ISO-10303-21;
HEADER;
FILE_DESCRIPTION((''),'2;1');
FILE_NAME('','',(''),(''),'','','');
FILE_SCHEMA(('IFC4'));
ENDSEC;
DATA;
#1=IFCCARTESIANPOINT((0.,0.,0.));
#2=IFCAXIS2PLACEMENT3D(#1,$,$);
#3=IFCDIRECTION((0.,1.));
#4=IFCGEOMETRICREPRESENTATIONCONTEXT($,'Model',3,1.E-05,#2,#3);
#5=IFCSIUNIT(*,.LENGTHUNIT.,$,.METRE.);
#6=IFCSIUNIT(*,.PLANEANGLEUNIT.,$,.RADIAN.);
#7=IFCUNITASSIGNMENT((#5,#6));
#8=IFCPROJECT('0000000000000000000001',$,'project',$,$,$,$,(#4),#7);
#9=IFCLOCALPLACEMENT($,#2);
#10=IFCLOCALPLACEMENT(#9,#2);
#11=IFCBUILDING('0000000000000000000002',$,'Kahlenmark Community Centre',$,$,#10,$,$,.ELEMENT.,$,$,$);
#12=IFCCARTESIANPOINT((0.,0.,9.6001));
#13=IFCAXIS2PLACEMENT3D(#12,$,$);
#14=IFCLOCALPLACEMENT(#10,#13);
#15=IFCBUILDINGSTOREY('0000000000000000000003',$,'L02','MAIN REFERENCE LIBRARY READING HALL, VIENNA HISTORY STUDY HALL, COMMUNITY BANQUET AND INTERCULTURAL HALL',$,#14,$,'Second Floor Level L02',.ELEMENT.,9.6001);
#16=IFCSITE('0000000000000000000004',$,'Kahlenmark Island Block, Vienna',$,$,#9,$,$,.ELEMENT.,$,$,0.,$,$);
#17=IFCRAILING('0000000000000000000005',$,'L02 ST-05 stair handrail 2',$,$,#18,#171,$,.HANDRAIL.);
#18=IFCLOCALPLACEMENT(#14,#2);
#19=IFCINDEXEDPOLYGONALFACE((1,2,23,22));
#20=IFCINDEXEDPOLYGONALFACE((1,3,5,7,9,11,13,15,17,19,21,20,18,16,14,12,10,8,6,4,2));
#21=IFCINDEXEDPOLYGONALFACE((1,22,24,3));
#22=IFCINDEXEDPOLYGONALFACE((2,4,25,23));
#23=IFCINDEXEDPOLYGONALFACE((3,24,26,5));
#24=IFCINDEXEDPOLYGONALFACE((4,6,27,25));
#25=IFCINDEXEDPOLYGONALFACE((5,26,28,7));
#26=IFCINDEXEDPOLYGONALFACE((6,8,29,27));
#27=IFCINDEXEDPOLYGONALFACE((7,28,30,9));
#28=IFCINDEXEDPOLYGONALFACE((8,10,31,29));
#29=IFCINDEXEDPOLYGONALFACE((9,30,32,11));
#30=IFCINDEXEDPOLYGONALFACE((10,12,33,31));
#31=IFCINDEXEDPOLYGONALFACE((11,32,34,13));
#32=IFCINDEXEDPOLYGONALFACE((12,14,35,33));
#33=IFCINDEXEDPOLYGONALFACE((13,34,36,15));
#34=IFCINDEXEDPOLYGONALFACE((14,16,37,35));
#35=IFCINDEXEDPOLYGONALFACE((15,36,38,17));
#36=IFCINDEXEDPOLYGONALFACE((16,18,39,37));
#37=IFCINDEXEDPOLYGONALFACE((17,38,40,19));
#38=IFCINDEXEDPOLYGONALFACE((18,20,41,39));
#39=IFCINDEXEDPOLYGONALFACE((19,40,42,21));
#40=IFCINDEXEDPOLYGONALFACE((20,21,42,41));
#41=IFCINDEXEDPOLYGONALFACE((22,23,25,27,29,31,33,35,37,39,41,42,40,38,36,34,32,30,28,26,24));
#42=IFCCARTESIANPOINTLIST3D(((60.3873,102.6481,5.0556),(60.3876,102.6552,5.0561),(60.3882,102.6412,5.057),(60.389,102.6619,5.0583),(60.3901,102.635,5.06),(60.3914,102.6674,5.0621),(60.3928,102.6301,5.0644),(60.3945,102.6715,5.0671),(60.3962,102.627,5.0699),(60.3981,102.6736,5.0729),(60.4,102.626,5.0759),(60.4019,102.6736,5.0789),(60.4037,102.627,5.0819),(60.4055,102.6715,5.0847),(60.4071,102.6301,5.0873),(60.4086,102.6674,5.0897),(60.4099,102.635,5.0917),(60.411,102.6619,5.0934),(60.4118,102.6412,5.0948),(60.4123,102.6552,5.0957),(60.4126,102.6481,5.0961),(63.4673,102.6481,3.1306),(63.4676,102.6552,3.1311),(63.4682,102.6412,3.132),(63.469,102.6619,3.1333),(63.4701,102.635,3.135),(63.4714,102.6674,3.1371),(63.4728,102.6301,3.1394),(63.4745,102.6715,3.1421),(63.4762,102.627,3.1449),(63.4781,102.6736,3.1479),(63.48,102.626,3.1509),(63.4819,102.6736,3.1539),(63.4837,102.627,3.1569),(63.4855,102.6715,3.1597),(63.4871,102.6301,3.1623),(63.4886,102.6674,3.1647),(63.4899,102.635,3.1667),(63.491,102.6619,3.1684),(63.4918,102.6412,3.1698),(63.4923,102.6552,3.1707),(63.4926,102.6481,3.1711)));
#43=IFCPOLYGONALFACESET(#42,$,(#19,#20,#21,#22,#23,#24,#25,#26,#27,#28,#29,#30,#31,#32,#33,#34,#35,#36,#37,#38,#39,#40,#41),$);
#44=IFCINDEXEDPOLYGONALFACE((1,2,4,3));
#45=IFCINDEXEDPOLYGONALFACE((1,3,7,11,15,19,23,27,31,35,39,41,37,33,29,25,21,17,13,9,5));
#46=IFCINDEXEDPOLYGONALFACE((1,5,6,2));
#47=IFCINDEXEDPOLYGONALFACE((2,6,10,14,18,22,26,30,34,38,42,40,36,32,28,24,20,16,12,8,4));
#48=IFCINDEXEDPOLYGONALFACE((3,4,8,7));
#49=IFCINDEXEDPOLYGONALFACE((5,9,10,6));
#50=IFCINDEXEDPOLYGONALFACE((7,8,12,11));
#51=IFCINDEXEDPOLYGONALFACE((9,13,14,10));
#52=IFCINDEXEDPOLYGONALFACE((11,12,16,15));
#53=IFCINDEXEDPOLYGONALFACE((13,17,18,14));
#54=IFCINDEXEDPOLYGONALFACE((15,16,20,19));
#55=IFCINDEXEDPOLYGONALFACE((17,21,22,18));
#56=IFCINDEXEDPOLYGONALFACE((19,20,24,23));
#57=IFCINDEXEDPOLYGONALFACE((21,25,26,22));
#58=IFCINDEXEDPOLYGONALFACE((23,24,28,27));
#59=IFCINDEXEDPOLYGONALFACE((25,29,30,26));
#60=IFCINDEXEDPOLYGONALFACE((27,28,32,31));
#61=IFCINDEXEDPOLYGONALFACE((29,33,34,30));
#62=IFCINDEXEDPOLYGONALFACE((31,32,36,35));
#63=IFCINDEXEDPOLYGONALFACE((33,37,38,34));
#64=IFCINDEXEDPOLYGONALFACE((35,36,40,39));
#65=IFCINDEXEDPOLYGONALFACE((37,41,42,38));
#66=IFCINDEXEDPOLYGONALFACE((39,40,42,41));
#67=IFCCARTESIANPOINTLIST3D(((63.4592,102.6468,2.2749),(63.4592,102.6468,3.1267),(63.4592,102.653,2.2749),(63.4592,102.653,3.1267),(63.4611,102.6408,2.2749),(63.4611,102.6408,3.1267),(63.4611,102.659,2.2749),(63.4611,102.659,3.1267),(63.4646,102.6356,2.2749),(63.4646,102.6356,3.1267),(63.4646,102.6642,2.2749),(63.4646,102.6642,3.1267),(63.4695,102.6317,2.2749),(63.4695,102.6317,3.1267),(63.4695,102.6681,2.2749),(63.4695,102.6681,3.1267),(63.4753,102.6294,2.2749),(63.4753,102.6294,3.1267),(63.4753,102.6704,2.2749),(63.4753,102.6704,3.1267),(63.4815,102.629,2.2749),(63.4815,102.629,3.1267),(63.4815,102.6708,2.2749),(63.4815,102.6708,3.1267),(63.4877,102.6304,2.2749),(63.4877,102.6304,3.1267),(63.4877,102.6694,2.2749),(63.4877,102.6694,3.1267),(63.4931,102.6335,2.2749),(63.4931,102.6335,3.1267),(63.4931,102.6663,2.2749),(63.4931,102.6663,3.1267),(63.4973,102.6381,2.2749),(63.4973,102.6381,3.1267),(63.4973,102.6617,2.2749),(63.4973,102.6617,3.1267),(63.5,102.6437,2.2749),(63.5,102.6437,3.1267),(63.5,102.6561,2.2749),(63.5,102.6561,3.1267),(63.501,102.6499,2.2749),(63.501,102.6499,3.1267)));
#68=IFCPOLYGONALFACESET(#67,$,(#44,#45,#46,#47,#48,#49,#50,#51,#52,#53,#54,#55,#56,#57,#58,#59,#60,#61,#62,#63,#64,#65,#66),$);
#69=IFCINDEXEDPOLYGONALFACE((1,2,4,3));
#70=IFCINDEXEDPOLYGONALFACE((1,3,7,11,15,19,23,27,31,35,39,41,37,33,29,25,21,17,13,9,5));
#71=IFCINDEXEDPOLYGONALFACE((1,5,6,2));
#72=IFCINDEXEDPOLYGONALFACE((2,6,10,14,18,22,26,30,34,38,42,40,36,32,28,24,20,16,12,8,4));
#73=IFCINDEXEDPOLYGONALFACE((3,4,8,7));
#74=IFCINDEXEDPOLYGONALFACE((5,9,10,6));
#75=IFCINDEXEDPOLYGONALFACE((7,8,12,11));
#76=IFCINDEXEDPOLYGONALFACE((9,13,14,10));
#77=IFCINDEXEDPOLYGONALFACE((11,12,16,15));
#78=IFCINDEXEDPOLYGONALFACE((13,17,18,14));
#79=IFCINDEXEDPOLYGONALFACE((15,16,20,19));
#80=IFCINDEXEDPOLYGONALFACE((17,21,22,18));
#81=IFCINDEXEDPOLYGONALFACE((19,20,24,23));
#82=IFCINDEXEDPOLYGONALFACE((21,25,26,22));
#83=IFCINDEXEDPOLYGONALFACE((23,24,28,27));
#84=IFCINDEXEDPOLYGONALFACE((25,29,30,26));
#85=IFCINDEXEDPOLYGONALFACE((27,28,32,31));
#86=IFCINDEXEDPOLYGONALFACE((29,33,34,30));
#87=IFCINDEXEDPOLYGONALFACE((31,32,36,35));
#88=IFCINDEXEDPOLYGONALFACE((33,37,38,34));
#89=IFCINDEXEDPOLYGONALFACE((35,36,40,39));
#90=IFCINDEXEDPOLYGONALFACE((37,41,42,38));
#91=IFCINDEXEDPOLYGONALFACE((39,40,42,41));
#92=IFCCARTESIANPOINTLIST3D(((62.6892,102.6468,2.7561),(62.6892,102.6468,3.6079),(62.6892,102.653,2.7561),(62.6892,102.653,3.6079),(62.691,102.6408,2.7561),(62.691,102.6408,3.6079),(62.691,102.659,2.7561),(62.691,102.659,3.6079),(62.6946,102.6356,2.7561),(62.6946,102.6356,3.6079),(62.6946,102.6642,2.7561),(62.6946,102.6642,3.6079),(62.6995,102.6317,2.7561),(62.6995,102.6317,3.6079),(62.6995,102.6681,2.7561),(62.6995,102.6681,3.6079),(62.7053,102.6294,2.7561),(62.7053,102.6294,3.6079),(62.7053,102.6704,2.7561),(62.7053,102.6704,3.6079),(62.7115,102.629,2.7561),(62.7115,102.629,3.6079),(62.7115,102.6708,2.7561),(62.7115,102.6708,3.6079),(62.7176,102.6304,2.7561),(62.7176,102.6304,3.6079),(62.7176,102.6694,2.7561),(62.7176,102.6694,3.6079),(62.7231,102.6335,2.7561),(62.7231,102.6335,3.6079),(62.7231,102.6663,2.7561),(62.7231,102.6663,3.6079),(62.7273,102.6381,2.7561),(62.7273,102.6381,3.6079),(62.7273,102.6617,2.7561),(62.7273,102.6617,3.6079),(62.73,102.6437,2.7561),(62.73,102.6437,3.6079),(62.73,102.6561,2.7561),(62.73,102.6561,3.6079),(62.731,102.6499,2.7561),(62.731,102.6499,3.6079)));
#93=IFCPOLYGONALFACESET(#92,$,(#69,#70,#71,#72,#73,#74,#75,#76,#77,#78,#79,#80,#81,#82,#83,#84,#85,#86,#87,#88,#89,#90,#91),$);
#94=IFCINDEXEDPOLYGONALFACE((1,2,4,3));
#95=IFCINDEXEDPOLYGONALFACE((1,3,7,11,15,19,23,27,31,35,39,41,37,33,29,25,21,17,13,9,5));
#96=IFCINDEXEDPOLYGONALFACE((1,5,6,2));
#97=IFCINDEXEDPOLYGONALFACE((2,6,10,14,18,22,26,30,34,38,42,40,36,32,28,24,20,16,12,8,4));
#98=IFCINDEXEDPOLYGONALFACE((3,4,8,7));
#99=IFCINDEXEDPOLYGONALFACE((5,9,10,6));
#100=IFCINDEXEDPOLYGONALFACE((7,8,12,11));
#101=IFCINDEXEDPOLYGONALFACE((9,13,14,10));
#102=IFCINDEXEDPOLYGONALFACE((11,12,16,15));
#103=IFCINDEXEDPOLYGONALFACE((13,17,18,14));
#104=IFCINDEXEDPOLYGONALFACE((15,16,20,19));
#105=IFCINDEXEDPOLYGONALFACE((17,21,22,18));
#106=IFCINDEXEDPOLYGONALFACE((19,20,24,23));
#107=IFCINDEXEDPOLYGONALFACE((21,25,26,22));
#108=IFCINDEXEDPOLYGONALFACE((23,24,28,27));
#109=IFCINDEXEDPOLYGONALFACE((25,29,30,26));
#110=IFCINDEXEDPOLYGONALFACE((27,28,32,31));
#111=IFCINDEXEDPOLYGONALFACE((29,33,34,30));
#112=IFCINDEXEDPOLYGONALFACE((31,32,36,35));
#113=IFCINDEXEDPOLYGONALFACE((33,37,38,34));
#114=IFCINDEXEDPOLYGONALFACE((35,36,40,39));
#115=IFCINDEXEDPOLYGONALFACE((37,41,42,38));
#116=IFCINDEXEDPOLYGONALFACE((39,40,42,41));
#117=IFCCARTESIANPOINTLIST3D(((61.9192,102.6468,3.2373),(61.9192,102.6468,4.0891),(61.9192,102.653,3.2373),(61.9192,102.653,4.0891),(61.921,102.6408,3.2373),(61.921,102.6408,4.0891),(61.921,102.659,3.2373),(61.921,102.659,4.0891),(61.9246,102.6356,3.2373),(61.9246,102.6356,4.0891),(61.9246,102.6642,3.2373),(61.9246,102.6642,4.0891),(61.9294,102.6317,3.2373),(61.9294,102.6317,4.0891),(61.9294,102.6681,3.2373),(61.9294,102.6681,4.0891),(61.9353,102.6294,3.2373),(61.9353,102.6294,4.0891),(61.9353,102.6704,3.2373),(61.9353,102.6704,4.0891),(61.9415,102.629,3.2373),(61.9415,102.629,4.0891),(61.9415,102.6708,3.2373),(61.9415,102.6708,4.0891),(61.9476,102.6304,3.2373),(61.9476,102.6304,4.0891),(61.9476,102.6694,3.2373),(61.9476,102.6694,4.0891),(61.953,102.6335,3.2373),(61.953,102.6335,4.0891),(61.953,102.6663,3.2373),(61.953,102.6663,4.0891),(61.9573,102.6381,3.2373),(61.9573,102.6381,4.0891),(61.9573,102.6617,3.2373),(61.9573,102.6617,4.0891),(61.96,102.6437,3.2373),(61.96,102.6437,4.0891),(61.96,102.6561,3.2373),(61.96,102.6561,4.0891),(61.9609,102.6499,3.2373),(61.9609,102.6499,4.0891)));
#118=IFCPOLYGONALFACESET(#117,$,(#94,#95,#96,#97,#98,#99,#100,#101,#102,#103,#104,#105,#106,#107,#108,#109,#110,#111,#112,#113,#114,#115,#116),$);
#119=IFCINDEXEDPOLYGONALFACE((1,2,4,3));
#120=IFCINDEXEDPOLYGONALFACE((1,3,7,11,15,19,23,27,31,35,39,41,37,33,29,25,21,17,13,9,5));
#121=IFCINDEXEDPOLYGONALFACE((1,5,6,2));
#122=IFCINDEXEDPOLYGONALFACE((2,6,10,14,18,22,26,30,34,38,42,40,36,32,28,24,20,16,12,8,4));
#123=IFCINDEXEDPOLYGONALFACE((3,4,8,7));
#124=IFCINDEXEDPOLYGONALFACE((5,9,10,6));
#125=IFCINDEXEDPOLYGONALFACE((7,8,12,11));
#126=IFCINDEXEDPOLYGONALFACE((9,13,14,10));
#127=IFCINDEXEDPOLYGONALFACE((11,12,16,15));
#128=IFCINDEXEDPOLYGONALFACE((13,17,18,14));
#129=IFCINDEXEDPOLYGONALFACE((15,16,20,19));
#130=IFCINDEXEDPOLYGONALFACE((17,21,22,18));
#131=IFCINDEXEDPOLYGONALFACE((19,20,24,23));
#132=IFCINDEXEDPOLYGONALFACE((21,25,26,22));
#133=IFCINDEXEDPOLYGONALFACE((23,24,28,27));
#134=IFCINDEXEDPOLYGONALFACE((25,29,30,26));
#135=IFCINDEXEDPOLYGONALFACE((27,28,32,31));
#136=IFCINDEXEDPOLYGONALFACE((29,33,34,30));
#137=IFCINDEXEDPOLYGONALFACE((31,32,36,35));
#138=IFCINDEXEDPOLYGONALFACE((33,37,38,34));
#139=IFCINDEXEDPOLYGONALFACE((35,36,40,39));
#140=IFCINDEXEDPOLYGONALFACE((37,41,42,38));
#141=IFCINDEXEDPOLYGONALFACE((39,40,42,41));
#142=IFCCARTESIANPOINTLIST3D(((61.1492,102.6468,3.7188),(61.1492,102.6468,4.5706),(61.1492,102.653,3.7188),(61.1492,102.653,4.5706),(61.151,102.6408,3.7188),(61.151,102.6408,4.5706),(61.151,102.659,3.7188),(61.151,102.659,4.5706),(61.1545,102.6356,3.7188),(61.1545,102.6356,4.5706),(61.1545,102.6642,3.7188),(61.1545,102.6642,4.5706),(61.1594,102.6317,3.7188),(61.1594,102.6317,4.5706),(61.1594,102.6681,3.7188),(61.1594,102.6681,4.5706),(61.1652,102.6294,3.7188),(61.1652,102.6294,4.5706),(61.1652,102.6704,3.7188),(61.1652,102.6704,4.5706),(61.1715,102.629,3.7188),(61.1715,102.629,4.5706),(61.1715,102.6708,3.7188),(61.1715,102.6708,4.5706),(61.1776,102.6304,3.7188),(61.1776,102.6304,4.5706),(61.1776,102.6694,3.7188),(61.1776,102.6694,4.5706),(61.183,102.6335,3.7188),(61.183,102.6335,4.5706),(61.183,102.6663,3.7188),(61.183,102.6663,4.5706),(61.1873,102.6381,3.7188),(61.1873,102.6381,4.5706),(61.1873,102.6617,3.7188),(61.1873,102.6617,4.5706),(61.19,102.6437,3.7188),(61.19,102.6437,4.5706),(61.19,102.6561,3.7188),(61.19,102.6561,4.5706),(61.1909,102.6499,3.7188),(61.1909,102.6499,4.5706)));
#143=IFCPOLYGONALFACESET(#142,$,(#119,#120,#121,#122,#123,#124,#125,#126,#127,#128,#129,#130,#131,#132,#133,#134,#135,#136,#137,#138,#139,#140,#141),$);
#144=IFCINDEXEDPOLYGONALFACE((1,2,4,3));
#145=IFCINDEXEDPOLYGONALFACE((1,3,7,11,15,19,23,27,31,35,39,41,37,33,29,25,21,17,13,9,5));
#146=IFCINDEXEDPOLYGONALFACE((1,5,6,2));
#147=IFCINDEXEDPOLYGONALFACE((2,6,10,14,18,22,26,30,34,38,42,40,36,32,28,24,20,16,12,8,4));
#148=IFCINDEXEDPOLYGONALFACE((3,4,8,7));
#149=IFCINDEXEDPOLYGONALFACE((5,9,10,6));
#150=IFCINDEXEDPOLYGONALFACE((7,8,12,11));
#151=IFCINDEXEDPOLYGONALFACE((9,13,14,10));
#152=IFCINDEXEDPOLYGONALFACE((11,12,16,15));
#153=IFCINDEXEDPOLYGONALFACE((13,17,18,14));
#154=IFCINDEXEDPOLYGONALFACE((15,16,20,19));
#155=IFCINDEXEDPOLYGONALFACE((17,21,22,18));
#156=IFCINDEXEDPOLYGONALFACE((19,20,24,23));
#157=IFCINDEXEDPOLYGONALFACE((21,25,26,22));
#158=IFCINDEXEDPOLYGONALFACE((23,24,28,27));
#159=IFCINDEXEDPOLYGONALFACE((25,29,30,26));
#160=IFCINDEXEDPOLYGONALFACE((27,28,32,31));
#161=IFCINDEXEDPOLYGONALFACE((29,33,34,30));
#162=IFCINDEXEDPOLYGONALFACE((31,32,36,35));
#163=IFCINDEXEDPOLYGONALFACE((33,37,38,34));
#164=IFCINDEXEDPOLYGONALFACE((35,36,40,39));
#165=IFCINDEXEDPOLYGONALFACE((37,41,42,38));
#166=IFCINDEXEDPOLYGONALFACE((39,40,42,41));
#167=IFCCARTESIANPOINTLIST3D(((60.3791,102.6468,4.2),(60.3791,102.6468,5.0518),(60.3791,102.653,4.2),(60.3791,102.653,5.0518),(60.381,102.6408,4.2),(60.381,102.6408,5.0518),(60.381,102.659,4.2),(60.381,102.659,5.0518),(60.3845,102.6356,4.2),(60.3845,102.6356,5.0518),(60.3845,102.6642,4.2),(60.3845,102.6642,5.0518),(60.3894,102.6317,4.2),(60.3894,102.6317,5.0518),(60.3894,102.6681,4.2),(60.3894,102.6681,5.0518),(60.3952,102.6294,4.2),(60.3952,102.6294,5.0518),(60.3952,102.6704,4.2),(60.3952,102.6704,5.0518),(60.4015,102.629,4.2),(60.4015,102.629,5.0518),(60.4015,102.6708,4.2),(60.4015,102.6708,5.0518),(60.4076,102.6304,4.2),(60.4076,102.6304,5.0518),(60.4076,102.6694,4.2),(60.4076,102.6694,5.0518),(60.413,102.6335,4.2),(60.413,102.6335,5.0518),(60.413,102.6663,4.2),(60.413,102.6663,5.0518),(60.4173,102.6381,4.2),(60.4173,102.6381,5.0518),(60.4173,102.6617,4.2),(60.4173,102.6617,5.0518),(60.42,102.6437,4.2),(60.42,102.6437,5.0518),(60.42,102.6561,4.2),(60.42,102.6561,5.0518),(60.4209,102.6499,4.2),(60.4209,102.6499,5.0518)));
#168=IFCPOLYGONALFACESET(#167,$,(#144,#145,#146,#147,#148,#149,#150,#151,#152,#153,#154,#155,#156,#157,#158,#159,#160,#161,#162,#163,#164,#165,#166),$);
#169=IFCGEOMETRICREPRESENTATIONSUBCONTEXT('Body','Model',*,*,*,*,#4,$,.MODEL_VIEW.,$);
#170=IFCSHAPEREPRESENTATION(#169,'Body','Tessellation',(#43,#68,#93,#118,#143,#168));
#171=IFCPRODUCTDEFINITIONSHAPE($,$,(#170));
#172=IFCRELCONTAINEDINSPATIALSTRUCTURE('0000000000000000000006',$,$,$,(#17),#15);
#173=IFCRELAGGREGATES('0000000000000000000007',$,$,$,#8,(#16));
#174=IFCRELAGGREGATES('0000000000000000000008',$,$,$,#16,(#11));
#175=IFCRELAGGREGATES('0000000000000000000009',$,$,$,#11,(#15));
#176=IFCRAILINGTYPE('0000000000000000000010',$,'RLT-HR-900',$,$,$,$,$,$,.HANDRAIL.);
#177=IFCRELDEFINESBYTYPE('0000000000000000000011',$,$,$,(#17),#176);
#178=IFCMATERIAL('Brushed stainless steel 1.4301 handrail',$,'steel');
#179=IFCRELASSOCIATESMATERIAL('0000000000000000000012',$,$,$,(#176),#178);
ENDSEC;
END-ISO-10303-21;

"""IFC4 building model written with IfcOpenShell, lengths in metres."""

from ifc_helpers import new_model, si_unit, direction, frame, origin, origin_2d, place, context, subcontext, project, spatial, circle, extrude, material, type_object, element, save


model = new_model("IFC4")

# Units and contexts
model_context = context("Model", 3, precision=1e-05, world=origin(), true_north=direction((0.0, 1.0)))
body_context = subcontext(model_context, "Body", "Model", "MODEL_VIEW")
ifc_project = project(units=[si_unit("LENGTHUNIT", "METRE"), si_unit("PLANEANGLEUNIT", "RADIAN")], contexts=[model_context])

# Site, building, storey
site_placement = place(None, origin())
site = spatial("IfcSite", under=ifc_project, at=site_placement, Name="Kahlenmark Island Block, Vienna", CompositionType="ELEMENT", RefElevation=0.0)
building_placement = place(site_placement, origin())
building = spatial("IfcBuilding", under=site, at=building_placement, Name="Kahlenmark Community Centre", CompositionType="ELEMENT")
storey_placement = place(building_placement, frame((0.0, 0.0, 9.6001)))
storey = spatial("IfcBuildingStorey", under=building, at=storey_placement, Name="L02", Description="MAIN REFERENCE LIBRARY READING HALL, VIENNA HISTORY STUDY HALL, COMMUNITY BANQUET AND INTERCULTURAL HALL", LongName="Second Floor Level L02", CompositionType="ELEMENT", Elevation=9.6001)

# Railing
ifc_material_1 = material(Name="Brushed stainless steel 1.4301 handrail", Category="steel")
railing_type_1 = type_object("IfcRailingType", Name="RLT-HR-900", PredefinedType="HANDRAIL", material=ifc_material_1)
railing_1_placement = place(storey_placement, frame((63.48, 102.6499, 2.2749)))
element("IfcRailing", 1, at=railing_1_placement, inside=storey, type_object=railing_type_1, Name="L02 ST-05 stair handrail 2", PredefinedType="HANDRAIL", context=body_context, shape_type="SweptSolid", body=[
    extrude(circle(Radius=0.0239, at=origin_2d()), frame((0.0, 0.0, 0.876), z_axis=(-0.847998, 0.0, 0.529999), x_axis=(0.0, -1.0, 0.0)), (0.0, 0.0, 1.0), 3.6321),
    extrude(circle(Radius=0.021, at=origin_2d()), origin(), (0.0, 0.0, 1.0), 0.8518),
    extrude(circle(Radius=0.021, at=origin_2d()), frame((-0.77, 0.0, 0.4812)), (0.0, 0.0, 1.0), 0.8518),
    extrude(circle(Radius=0.021, at=origin_2d()), frame((-1.54, 0.0, 0.9624)), (0.0, 0.0, 1.0), 0.8518),
    extrude(circle(Radius=0.021, at=origin_2d()), frame((-2.3101, 0.0, 1.4438)), (0.0, 0.0, 1.0), 0.8518),
    extrude(circle(Radius=0.021, at=origin_2d()), frame((-3.0801, 0.0, 1.925)), (0.0, 0.0, 1.0), 0.8518),
])

save(model, "model.ifc")
